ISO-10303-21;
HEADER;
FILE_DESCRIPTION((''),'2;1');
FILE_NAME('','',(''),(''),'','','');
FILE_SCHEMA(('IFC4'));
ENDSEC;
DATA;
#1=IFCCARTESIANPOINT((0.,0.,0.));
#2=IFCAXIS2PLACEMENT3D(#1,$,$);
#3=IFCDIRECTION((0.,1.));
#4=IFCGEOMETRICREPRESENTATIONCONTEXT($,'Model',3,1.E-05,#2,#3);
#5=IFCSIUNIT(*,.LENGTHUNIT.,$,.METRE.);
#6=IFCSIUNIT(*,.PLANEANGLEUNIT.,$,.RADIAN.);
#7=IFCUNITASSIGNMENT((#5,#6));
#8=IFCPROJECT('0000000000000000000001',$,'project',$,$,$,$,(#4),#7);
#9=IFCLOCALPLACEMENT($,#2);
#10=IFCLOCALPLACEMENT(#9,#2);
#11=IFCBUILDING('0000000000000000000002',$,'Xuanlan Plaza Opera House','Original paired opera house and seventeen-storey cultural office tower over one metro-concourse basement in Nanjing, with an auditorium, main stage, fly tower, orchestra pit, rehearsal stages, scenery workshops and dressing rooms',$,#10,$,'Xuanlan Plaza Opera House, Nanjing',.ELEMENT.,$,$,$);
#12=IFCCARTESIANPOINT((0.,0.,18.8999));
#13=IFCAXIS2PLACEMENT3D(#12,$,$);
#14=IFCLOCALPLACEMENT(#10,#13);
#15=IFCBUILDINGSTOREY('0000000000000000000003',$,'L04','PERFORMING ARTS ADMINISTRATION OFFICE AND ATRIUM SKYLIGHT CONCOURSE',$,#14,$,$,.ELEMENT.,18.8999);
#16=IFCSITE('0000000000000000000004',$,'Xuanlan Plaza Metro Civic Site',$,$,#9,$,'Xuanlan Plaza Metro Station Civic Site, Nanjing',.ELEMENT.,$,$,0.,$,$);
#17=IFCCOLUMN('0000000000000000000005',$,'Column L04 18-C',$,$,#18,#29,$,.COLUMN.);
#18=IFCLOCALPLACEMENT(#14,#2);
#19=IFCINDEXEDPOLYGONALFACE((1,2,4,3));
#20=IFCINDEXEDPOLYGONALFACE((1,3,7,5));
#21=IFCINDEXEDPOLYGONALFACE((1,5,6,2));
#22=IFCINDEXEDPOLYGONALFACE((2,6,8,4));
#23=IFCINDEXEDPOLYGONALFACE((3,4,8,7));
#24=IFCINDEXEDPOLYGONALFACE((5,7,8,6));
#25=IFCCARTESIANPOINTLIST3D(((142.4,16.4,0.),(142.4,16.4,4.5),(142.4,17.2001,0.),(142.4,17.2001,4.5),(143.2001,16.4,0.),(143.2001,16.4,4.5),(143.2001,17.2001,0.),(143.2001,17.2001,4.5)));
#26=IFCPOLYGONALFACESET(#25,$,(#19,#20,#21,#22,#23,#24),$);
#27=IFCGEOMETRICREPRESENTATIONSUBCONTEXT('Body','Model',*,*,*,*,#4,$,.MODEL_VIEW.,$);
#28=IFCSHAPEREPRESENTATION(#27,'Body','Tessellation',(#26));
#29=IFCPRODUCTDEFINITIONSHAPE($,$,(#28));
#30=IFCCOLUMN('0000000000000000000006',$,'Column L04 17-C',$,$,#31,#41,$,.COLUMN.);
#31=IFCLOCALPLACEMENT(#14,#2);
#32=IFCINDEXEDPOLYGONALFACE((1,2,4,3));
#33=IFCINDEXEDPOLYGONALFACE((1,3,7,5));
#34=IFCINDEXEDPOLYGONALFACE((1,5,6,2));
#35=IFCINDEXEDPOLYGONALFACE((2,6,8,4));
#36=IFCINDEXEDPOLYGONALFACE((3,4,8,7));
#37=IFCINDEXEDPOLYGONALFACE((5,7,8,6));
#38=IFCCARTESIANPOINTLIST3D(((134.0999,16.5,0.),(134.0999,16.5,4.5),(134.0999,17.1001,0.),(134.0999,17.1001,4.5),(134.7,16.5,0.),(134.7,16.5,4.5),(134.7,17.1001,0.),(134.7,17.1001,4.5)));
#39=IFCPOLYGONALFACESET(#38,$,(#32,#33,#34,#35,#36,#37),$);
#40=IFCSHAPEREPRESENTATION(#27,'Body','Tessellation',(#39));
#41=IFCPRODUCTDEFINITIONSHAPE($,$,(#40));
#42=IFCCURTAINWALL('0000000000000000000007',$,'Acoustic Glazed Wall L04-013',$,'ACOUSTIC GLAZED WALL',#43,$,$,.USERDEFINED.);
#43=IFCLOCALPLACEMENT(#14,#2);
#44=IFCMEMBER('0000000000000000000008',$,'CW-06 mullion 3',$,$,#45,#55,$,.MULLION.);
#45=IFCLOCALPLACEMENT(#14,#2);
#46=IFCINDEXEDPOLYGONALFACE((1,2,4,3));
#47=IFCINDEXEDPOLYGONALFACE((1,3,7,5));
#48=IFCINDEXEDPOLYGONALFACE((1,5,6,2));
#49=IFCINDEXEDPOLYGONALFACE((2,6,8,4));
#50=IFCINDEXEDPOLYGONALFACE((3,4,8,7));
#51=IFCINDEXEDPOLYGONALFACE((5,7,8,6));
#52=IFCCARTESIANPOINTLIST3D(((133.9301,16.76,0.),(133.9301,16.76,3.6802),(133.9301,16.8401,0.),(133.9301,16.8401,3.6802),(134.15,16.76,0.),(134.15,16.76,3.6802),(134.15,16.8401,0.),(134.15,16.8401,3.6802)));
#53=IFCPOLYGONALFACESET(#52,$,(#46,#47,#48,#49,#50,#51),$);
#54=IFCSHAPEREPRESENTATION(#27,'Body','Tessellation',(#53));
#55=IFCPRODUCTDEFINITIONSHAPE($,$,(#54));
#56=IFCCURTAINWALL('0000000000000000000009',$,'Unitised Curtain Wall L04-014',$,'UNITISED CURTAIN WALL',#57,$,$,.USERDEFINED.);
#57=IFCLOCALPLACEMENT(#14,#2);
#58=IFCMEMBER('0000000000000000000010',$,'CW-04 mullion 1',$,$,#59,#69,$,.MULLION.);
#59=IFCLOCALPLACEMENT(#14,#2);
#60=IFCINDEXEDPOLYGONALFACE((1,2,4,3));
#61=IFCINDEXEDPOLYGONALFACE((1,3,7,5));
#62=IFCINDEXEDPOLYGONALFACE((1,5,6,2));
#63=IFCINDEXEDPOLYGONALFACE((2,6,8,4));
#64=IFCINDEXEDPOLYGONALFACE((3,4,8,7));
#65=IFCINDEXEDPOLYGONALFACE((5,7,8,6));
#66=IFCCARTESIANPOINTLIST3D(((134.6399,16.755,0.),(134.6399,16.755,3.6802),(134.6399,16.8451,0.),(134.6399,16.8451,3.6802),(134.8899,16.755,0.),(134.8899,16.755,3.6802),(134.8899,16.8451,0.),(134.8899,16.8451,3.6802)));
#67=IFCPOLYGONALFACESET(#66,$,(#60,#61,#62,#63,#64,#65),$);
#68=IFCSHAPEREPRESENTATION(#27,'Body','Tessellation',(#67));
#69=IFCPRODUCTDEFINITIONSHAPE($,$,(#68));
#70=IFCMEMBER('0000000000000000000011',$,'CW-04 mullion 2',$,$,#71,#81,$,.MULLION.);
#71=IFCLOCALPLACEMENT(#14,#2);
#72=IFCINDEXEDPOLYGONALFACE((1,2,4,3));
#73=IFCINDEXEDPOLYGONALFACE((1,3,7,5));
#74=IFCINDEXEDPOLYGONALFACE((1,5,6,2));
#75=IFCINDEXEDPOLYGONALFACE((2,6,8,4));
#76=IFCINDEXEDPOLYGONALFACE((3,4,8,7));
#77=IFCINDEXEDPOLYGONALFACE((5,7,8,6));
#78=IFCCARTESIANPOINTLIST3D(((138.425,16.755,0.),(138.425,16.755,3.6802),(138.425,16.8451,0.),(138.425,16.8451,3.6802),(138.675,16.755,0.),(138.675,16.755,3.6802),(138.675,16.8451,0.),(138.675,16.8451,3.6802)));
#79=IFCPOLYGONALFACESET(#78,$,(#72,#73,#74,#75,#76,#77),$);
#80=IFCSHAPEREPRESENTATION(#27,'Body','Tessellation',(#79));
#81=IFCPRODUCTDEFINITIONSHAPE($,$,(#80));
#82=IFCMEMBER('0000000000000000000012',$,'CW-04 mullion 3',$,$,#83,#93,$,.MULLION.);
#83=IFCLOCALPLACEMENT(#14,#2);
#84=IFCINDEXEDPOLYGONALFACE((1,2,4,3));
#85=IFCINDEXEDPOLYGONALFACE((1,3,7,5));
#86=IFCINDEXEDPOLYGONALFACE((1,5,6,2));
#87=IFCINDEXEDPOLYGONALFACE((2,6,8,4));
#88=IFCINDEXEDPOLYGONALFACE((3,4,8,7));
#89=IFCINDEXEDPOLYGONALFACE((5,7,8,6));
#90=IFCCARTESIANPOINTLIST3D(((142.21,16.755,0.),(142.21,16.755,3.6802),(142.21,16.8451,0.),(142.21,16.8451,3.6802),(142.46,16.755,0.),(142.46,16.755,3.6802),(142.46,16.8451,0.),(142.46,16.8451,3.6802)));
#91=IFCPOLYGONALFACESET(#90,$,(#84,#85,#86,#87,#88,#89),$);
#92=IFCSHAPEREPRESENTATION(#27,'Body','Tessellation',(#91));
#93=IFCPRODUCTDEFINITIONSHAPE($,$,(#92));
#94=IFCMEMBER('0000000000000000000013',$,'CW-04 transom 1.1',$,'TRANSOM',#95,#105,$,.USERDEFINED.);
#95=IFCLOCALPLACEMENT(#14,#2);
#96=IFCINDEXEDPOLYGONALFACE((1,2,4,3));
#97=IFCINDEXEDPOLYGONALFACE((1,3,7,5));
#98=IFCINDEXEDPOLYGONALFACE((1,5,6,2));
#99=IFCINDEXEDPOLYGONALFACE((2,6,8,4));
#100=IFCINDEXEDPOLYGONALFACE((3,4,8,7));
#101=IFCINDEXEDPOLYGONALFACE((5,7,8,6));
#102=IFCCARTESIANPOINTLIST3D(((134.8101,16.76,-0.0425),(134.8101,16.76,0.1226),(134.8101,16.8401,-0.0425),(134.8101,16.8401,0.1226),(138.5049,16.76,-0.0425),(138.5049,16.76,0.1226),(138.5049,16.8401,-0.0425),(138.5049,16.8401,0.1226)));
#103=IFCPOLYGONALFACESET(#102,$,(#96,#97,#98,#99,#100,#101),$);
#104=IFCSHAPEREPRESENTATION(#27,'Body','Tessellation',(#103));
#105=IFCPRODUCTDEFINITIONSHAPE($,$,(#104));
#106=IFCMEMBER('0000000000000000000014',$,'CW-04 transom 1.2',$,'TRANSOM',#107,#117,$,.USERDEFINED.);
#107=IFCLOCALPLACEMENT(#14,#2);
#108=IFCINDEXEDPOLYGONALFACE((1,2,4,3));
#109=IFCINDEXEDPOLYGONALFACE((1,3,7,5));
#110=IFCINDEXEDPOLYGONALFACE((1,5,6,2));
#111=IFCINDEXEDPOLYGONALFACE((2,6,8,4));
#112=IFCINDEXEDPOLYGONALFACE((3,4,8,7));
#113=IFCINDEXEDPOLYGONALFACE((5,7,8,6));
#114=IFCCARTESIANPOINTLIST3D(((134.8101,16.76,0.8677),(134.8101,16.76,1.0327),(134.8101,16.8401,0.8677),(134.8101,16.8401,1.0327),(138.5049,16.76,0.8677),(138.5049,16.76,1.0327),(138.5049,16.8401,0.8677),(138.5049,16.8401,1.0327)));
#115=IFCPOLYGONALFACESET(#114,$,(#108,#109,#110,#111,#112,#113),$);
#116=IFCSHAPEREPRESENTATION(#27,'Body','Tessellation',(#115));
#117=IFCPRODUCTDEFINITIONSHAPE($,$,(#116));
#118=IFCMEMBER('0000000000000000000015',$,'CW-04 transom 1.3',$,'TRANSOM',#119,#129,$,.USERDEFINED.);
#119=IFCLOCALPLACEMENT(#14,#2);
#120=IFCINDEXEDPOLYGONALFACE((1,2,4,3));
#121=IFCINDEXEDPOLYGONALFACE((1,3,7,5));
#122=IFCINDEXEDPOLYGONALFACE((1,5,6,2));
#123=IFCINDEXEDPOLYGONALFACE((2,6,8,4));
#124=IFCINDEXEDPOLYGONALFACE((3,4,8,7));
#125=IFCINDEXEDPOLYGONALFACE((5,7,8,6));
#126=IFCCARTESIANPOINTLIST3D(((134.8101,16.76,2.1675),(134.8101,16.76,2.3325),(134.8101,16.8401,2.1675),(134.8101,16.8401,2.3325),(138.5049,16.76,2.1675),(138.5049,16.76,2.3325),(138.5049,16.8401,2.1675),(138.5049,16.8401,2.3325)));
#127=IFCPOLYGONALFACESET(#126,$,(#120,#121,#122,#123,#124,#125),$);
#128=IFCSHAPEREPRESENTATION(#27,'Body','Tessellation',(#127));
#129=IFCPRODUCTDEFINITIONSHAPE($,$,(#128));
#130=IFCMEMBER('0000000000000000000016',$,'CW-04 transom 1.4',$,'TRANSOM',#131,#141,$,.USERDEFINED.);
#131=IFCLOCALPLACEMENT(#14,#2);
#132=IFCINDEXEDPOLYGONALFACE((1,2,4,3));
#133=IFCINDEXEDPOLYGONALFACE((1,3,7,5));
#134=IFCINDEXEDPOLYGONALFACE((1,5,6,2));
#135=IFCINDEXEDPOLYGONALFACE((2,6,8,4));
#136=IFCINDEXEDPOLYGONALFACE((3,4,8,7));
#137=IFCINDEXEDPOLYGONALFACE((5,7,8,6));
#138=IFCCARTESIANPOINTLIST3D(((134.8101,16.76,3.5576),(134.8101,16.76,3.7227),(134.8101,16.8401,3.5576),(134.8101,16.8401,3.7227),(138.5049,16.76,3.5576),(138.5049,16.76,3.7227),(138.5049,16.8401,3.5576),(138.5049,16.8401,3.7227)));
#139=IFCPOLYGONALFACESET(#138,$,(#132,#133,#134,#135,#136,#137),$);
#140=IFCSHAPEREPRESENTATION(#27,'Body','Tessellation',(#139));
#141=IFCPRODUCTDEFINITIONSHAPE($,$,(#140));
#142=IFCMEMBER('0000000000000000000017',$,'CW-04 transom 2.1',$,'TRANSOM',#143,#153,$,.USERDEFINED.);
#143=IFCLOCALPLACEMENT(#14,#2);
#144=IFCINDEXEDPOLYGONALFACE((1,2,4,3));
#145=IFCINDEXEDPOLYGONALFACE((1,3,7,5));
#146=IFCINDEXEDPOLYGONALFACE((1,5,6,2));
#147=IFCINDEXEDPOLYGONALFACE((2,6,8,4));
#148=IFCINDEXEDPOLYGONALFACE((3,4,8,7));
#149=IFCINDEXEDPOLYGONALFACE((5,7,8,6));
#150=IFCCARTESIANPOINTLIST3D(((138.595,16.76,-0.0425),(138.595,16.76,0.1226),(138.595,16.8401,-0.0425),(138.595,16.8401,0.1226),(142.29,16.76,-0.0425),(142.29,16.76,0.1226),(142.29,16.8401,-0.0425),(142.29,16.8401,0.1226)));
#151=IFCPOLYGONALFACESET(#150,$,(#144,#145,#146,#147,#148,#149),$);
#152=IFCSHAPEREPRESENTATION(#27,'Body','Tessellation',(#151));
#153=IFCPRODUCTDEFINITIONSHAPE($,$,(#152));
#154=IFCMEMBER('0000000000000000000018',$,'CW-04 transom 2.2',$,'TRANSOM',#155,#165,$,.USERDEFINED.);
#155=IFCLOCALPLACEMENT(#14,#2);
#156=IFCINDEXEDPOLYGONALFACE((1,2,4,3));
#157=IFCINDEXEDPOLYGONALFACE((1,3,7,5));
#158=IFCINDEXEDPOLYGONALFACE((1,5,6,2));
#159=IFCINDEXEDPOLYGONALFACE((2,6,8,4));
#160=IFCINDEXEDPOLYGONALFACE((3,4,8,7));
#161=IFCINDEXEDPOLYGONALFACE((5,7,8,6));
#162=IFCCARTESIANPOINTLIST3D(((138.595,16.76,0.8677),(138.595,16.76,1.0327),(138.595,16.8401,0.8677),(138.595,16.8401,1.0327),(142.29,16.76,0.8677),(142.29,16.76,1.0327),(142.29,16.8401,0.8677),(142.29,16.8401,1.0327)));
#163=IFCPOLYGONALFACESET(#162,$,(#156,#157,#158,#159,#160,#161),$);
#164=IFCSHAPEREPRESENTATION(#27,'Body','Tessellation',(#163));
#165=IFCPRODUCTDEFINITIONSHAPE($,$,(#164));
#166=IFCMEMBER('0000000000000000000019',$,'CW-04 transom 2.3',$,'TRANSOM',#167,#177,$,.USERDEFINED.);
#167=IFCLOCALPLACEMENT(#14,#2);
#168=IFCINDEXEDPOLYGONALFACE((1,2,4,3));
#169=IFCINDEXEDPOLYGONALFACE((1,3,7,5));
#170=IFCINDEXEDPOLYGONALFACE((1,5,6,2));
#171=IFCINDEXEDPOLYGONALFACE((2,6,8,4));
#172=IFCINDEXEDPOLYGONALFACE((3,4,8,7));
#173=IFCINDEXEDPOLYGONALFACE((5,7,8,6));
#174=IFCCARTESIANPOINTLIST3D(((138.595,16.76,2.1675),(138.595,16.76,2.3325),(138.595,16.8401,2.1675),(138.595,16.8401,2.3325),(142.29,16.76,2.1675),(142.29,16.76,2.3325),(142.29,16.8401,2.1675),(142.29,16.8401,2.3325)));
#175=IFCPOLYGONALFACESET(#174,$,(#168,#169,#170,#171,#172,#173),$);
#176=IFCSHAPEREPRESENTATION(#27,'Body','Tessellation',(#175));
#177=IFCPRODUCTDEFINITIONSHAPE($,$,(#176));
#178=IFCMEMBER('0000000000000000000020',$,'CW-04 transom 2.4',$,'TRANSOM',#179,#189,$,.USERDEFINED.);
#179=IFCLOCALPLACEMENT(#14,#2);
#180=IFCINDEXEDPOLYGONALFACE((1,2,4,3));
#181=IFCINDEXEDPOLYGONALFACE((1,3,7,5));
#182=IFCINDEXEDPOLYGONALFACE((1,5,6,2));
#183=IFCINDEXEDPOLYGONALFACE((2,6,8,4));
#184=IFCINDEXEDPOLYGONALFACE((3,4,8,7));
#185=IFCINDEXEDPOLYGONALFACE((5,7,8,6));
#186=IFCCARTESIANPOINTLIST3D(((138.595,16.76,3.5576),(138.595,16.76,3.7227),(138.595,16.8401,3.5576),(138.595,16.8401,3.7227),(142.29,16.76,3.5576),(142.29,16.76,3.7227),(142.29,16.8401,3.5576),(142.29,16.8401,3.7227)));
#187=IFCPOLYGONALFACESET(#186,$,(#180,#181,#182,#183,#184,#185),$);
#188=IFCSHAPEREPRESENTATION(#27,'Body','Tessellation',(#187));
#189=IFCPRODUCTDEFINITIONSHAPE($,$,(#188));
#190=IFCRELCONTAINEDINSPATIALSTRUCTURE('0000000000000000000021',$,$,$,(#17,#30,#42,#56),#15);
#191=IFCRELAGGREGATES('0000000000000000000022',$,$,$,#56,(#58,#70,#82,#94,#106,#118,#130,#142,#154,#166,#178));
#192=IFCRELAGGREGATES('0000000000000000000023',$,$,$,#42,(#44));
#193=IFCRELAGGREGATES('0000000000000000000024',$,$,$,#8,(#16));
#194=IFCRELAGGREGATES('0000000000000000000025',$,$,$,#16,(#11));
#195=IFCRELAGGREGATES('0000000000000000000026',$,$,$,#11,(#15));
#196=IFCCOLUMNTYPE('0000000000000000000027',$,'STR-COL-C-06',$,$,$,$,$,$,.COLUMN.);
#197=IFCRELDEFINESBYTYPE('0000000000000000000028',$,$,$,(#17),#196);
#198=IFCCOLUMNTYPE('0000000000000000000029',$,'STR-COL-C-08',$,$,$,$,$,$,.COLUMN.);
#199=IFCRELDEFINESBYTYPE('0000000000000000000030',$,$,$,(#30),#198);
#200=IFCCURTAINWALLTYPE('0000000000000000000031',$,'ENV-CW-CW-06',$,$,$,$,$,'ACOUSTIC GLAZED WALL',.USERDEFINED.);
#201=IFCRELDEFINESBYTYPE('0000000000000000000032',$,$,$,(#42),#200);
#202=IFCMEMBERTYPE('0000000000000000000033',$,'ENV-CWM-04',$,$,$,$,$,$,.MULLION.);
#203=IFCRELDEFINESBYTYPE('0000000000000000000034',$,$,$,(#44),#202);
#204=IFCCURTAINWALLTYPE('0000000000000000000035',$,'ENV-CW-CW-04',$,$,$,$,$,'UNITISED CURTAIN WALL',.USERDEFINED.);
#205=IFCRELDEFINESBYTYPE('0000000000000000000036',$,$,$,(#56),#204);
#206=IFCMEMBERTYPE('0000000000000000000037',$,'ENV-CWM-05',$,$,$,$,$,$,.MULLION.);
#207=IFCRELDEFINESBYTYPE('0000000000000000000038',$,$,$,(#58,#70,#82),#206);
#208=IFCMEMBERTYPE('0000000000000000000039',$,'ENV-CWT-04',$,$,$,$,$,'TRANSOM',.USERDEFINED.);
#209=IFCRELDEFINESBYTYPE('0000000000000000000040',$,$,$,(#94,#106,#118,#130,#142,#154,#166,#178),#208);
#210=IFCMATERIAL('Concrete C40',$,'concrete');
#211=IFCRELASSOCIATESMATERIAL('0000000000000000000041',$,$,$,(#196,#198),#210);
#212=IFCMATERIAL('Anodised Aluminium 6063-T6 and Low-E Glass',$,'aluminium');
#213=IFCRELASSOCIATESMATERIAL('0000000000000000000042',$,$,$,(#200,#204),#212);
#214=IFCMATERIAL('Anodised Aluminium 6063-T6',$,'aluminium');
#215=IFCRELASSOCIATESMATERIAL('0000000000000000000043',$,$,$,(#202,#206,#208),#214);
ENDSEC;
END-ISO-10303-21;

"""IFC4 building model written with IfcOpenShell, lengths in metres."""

from ifc_helpers import new_model, si_unit, direction, frame, origin, origin_2d, place, context, subcontext, project, spatial, rectangle, extrude, material, material_profile, profile_set, type_object, element, aggregate, save


model = new_model("IFC4")

# Units and contexts
model_context = context("Model", 3, precision=1e-05, world=origin(), true_north=direction((0.0, 1.0)))
body_context = subcontext(model_context, "Body", "Model", "MODEL_VIEW")
ifc_project = project(units=[si_unit("LENGTHUNIT", "METRE"), si_unit("PLANEANGLEUNIT", "RADIAN")], contexts=[model_context])

# Site, building, storey
site_placement = place(None, origin())
site = spatial("IfcSite", under=ifc_project, at=site_placement, Name="Xuanlan Plaza Metro Civic Site", LongName="Xuanlan Plaza Metro Station Civic Site, Nanjing", CompositionType="ELEMENT", RefElevation=0.0)
building_placement = place(site_placement, origin())
building = spatial("IfcBuilding", under=site, at=building_placement, Name="Xuanlan Plaza Opera House", Description="Original paired opera house and seventeen-storey cultural office tower over one metro-concourse basement in Nanjing, with an auditorium, main stage, fly tower, orchestra pit, rehearsal stages, scenery workshops and dressing rooms", LongName="Xuanlan Plaza Opera House, Nanjing", CompositionType="ELEMENT")
storey_placement = place(building_placement, frame((0.0, 0.0, 18.8999)))
storey = spatial("IfcBuildingStorey", under=building, at=storey_placement, Name="L04", Description="PERFORMING ARTS ADMINISTRATION OFFICE AND ATRIUM SKYLIGHT CONCOURSE", CompositionType="ELEMENT", Elevation=18.8999)

# Columns
ifc_material_1 = material(Name="Concrete C40", Category="concrete")
ifc_material_profile_1 = material_profile(ifc_material_1, rectangle(XDim=0.8, YDim=0.8, at=origin_2d()), Name="RC-COL 800x800")
ifc_profile_set_1 = profile_set([ifc_material_profile_1], Name="Concrete C40")
column_type_1 = type_object("IfcColumnType", Name="STR-COL-C-06", PredefinedType="COLUMN", material=ifc_profile_set_1)
column_1_placement = place(storey_placement, frame((142.8, 16.8, 0.0), z_axis=(0.0, 0.0, 1.0), x_axis=(1.0, 0.0, 0.0)))
element("IfcColumn", 1, at=column_1_placement, inside=storey, type_object=column_type_1, Name="Column L04 18-C", PredefinedType="COLUMN", context=body_context, shape_type="SweptSolid", body=[
    extrude(rectangle(XDim=0.8, YDim=0.8, at=origin_2d()), origin(), (0.0, 0.0, 1.0), 4.5),
])
ifc_material_profile_2 = material_profile(ifc_material_1, rectangle(XDim=0.6001, YDim=0.6001, at=origin_2d()), Name="RC-COL 600x600")
ifc_profile_set_2 = profile_set([ifc_material_profile_2], Name="Concrete C40")
column_type_2 = type_object("IfcColumnType", Name="STR-COL-C-08", PredefinedType="COLUMN", material=ifc_profile_set_2)
column_2_placement = place(storey_placement, frame((134.3999, 16.8, 0.0), z_axis=(0.0, 0.0, 1.0), x_axis=(1.0, 0.0, 0.0)))
element("IfcColumn", 2, at=column_2_placement, inside=storey, type_object=column_type_2, Name="Column L04 17-C", PredefinedType="COLUMN", context=body_context, shape_type="SweptSolid", body=[
    extrude(rectangle(XDim=0.6001, YDim=0.6001, at=origin_2d()), origin(), (0.0, 0.0, 1.0), 4.5),
])

# Curtain wall, member
ifc_material_2 = material(Name="Anodised Aluminium 6063-T6 and Low-E Glass", Category="aluminium")
curtain_wall_type_1 = type_object("IfcCurtainWallType", Name="ENV-CW-CW-06", ElementType="ACOUSTIC GLAZED WALL", PredefinedType="USERDEFINED", material=ifc_material_2)
curtain_wall_1_placement = place(storey_placement, origin())
curtain_wall_1 = element("IfcCurtainWall", 3, at=curtain_wall_1_placement, inside=storey, type_object=curtain_wall_type_1, Name="Acoustic Glazed Wall L04-013", ObjectType="ACOUSTIC GLAZED WALL", PredefinedType="USERDEFINED")
ifc_material_3 = material(Name="Anodised Aluminium 6063-T6", Category="aluminium")
ifc_material_profile_3 = material_profile(ifc_material_3, rectangle(XDim=0.0801, YDim=0.22, at=origin_2d()), Name="ALU-M 80x220")
ifc_profile_set_3 = profile_set([ifc_material_profile_3], Name="Anodised Aluminium 6063-T6")
member_type_1 = type_object("IfcMemberType", Name="ENV-CWM-04", PredefinedType="MULLION", material=ifc_profile_set_3)
member_1_placement = place(storey_placement, frame((134.04, 16.8, 0.0), z_axis=(0.0, 0.0, 1.0), x_axis=(0.0, 1.0, 0.0)))
member_1 = element("IfcMember", 4, at=member_1_placement, type_object=member_type_1, Name="CW-06 mullion 3", PredefinedType="MULLION", context=body_context, shape_type="SweptSolid", body=[
    extrude(rectangle(XDim=0.0801, YDim=0.22, at=origin_2d()), origin(), (0.0, 0.0, 1.0), 3.6802),
])

# Curtain wall, members
curtain_wall_type_2 = type_object("IfcCurtainWallType", Name="ENV-CW-CW-04", ElementType="UNITISED CURTAIN WALL", PredefinedType="USERDEFINED", material=ifc_material_2)
curtain_wall_2_placement = place(storey_placement, origin())
curtain_wall_2 = element("IfcCurtainWall", 5, at=curtain_wall_2_placement, inside=storey, type_object=curtain_wall_type_2, Name="Unitised Curtain Wall L04-014", ObjectType="UNITISED CURTAIN WALL", PredefinedType="USERDEFINED")
ifc_material_profile_4 = material_profile(ifc_material_3, rectangle(XDim=0.0901, YDim=0.25, at=origin_2d()), Name="ALU-M 90x250")
ifc_profile_set_4 = profile_set([ifc_material_profile_4], Name="Anodised Aluminium 6063-T6")
member_type_2 = type_object("IfcMemberType", Name="ENV-CWM-05", PredefinedType="MULLION", material=ifc_profile_set_4)
member_2_placement = place(storey_placement, frame((134.7649, 16.8, 0.0), z_axis=(0.0, 0.0, 1.0), x_axis=(0.0, 1.0, 0.0)))
member_2 = element("IfcMember", 6, at=member_2_placement, type_object=member_type_2, Name="CW-04 mullion 1", PredefinedType="MULLION", context=body_context, shape_type="SweptSolid", body=[
    extrude(rectangle(XDim=0.0901, YDim=0.25, at=origin_2d()), origin(), (0.0, 0.0, 1.0), 3.6802),
])
member_3_placement = place(storey_placement, frame((138.55, 16.8, 0.0), z_axis=(0.0, 0.0, 1.0), x_axis=(0.0, 1.0, 0.0)))
member_3 = element("IfcMember", 7, at=member_3_placement, type_object=member_type_2, Name="CW-04 mullion 2", PredefinedType="MULLION", context=body_context, shape_type="SweptSolid", body=[
    extrude(rectangle(XDim=0.0901, YDim=0.25, at=origin_2d()), origin(), (0.0, 0.0, 1.0), 3.6802),
])
member_4_placement = place(storey_placement, frame((142.335, 16.8, 0.0), z_axis=(0.0, 0.0, 1.0), x_axis=(0.0, 1.0, 0.0)))
member_4 = element("IfcMember", 8, at=member_4_placement, type_object=member_type_2, Name="CW-04 mullion 3", PredefinedType="MULLION", context=body_context, shape_type="SweptSolid", body=[
    extrude(rectangle(XDim=0.0901, YDim=0.25, at=origin_2d()), origin(), (0.0, 0.0, 1.0), 3.6802),
])
ifc_material_profile_5 = material_profile(ifc_material_3, rectangle(XDim=0.0801, YDim=0.165, at=origin_2d()), Name="ALU-T 80x165")
ifc_profile_set_5 = profile_set([ifc_material_profile_5], Name="Anodised Aluminium 6063-T6")
member_type_3 = type_object("IfcMemberType", Name="ENV-CWT-04", ElementType="TRANSOM", PredefinedType="USERDEFINED", material=ifc_profile_set_5)
member_5_placement = place(storey_placement, frame((134.8101, 16.8, 0.04), z_axis=(1.0, 0.0, 0.0), x_axis=(0.0, 1.0, 0.0)))
member_5 = element("IfcMember", 9, at=member_5_placement, type_object=member_type_3, Name="CW-04 transom 1.1", ObjectType="TRANSOM", PredefinedType="USERDEFINED", context=body_context, shape_type="SweptSolid", body=[
    extrude(rectangle(XDim=0.0801, YDim=0.165, at=origin_2d()), origin(), (0.0, 0.0, 1.0), 3.6948),
])
member_6_placement = place(storey_placement, frame((134.8101, 16.8, 0.9502), z_axis=(1.0, 0.0, 0.0), x_axis=(0.0, 1.0, 0.0)))
member_6 = element("IfcMember", 10, at=member_6_placement, type_object=member_type_3, Name="CW-04 transom 1.2", ObjectType="TRANSOM", PredefinedType="USERDEFINED", context=body_context, shape_type="SweptSolid", body=[
    extrude(rectangle(XDim=0.0801, YDim=0.165, at=origin_2d()), origin(), (0.0, 0.0, 1.0), 3.6948),
])
member_7_placement = place(storey_placement, frame((134.8101, 16.8, 2.25), z_axis=(1.0, 0.0, 0.0), x_axis=(0.0, 1.0, 0.0)))
member_7 = element("IfcMember", 11, at=member_7_placement, type_object=member_type_3, Name="CW-04 transom 1.3", ObjectType="TRANSOM", PredefinedType="USERDEFINED", context=body_context, shape_type="SweptSolid", body=[
    extrude(rectangle(XDim=0.0801, YDim=0.165, at=origin_2d()), origin(), (0.0, 0.0, 1.0), 3.6948),
])
member_8_placement = place(storey_placement, frame((134.8101, 16.8, 3.6401), z_axis=(1.0, 0.0, 0.0), x_axis=(0.0, 1.0, 0.0)))
member_8 = element("IfcMember", 12, at=member_8_placement, type_object=member_type_3, Name="CW-04 transom 1.4", ObjectType="TRANSOM", PredefinedType="USERDEFINED", context=body_context, shape_type="SweptSolid", body=[
    extrude(rectangle(XDim=0.0801, YDim=0.165, at=origin_2d()), origin(), (0.0, 0.0, 1.0), 3.6948),
])
member_9_placement = place(storey_placement, frame((138.595, 16.8, 0.04), z_axis=(1.0, 0.0, 0.0), x_axis=(0.0, 1.0, 0.0)))
member_9 = element("IfcMember", 13, at=member_9_placement, type_object=member_type_3, Name="CW-04 transom 2.1", ObjectType="TRANSOM", PredefinedType="USERDEFINED", context=body_context, shape_type="SweptSolid", body=[
    extrude(rectangle(XDim=0.0801, YDim=0.165, at=origin_2d()), origin(), (0.0, 0.0, 1.0), 3.6951),
])
member_10_placement = place(storey_placement, frame((138.595, 16.8, 0.9502), z_axis=(1.0, 0.0, 0.0), x_axis=(0.0, 1.0, 0.0)))
member_10 = element("IfcMember", 14, at=member_10_placement, type_object=member_type_3, Name="CW-04 transom 2.2", ObjectType="TRANSOM", PredefinedType="USERDEFINED", context=body_context, shape_type="SweptSolid", body=[
    extrude(rectangle(XDim=0.0801, YDim=0.165, at=origin_2d()), origin(), (0.0, 0.0, 1.0), 3.6951),
])
member_11_placement = place(storey_placement, frame((138.595, 16.8, 2.25), z_axis=(1.0, 0.0, 0.0), x_axis=(0.0, 1.0, 0.0)))
member_11 = element("IfcMember", 15, at=member_11_placement, type_object=member_type_3, Name="CW-04 transom 2.3", ObjectType="TRANSOM", PredefinedType="USERDEFINED", context=body_context, shape_type="SweptSolid", body=[
    extrude(rectangle(XDim=0.0801, YDim=0.165, at=origin_2d()), origin(), (0.0, 0.0, 1.0), 3.6951),
])
member_12_placement = place(storey_placement, frame((138.595, 16.8, 3.6401), z_axis=(1.0, 0.0, 0.0), x_axis=(0.0, 1.0, 0.0)))
member_12 = element("IfcMember", 16, at=member_12_placement, type_object=member_type_3, Name="CW-04 transom 2.4", ObjectType="TRANSOM", PredefinedType="USERDEFINED", context=body_context, shape_type="SweptSolid", body=[
    extrude(rectangle(XDim=0.0801, YDim=0.165, at=origin_2d()), origin(), (0.0, 0.0, 1.0), 3.6951),
])

aggregate(curtain_wall_2, [member_2, member_3, member_4, member_5, member_6, member_7, member_8, member_9, member_10, member_11, member_12])
aggregate(curtain_wall_1, [member_1])

save(model, "model.ifc")
